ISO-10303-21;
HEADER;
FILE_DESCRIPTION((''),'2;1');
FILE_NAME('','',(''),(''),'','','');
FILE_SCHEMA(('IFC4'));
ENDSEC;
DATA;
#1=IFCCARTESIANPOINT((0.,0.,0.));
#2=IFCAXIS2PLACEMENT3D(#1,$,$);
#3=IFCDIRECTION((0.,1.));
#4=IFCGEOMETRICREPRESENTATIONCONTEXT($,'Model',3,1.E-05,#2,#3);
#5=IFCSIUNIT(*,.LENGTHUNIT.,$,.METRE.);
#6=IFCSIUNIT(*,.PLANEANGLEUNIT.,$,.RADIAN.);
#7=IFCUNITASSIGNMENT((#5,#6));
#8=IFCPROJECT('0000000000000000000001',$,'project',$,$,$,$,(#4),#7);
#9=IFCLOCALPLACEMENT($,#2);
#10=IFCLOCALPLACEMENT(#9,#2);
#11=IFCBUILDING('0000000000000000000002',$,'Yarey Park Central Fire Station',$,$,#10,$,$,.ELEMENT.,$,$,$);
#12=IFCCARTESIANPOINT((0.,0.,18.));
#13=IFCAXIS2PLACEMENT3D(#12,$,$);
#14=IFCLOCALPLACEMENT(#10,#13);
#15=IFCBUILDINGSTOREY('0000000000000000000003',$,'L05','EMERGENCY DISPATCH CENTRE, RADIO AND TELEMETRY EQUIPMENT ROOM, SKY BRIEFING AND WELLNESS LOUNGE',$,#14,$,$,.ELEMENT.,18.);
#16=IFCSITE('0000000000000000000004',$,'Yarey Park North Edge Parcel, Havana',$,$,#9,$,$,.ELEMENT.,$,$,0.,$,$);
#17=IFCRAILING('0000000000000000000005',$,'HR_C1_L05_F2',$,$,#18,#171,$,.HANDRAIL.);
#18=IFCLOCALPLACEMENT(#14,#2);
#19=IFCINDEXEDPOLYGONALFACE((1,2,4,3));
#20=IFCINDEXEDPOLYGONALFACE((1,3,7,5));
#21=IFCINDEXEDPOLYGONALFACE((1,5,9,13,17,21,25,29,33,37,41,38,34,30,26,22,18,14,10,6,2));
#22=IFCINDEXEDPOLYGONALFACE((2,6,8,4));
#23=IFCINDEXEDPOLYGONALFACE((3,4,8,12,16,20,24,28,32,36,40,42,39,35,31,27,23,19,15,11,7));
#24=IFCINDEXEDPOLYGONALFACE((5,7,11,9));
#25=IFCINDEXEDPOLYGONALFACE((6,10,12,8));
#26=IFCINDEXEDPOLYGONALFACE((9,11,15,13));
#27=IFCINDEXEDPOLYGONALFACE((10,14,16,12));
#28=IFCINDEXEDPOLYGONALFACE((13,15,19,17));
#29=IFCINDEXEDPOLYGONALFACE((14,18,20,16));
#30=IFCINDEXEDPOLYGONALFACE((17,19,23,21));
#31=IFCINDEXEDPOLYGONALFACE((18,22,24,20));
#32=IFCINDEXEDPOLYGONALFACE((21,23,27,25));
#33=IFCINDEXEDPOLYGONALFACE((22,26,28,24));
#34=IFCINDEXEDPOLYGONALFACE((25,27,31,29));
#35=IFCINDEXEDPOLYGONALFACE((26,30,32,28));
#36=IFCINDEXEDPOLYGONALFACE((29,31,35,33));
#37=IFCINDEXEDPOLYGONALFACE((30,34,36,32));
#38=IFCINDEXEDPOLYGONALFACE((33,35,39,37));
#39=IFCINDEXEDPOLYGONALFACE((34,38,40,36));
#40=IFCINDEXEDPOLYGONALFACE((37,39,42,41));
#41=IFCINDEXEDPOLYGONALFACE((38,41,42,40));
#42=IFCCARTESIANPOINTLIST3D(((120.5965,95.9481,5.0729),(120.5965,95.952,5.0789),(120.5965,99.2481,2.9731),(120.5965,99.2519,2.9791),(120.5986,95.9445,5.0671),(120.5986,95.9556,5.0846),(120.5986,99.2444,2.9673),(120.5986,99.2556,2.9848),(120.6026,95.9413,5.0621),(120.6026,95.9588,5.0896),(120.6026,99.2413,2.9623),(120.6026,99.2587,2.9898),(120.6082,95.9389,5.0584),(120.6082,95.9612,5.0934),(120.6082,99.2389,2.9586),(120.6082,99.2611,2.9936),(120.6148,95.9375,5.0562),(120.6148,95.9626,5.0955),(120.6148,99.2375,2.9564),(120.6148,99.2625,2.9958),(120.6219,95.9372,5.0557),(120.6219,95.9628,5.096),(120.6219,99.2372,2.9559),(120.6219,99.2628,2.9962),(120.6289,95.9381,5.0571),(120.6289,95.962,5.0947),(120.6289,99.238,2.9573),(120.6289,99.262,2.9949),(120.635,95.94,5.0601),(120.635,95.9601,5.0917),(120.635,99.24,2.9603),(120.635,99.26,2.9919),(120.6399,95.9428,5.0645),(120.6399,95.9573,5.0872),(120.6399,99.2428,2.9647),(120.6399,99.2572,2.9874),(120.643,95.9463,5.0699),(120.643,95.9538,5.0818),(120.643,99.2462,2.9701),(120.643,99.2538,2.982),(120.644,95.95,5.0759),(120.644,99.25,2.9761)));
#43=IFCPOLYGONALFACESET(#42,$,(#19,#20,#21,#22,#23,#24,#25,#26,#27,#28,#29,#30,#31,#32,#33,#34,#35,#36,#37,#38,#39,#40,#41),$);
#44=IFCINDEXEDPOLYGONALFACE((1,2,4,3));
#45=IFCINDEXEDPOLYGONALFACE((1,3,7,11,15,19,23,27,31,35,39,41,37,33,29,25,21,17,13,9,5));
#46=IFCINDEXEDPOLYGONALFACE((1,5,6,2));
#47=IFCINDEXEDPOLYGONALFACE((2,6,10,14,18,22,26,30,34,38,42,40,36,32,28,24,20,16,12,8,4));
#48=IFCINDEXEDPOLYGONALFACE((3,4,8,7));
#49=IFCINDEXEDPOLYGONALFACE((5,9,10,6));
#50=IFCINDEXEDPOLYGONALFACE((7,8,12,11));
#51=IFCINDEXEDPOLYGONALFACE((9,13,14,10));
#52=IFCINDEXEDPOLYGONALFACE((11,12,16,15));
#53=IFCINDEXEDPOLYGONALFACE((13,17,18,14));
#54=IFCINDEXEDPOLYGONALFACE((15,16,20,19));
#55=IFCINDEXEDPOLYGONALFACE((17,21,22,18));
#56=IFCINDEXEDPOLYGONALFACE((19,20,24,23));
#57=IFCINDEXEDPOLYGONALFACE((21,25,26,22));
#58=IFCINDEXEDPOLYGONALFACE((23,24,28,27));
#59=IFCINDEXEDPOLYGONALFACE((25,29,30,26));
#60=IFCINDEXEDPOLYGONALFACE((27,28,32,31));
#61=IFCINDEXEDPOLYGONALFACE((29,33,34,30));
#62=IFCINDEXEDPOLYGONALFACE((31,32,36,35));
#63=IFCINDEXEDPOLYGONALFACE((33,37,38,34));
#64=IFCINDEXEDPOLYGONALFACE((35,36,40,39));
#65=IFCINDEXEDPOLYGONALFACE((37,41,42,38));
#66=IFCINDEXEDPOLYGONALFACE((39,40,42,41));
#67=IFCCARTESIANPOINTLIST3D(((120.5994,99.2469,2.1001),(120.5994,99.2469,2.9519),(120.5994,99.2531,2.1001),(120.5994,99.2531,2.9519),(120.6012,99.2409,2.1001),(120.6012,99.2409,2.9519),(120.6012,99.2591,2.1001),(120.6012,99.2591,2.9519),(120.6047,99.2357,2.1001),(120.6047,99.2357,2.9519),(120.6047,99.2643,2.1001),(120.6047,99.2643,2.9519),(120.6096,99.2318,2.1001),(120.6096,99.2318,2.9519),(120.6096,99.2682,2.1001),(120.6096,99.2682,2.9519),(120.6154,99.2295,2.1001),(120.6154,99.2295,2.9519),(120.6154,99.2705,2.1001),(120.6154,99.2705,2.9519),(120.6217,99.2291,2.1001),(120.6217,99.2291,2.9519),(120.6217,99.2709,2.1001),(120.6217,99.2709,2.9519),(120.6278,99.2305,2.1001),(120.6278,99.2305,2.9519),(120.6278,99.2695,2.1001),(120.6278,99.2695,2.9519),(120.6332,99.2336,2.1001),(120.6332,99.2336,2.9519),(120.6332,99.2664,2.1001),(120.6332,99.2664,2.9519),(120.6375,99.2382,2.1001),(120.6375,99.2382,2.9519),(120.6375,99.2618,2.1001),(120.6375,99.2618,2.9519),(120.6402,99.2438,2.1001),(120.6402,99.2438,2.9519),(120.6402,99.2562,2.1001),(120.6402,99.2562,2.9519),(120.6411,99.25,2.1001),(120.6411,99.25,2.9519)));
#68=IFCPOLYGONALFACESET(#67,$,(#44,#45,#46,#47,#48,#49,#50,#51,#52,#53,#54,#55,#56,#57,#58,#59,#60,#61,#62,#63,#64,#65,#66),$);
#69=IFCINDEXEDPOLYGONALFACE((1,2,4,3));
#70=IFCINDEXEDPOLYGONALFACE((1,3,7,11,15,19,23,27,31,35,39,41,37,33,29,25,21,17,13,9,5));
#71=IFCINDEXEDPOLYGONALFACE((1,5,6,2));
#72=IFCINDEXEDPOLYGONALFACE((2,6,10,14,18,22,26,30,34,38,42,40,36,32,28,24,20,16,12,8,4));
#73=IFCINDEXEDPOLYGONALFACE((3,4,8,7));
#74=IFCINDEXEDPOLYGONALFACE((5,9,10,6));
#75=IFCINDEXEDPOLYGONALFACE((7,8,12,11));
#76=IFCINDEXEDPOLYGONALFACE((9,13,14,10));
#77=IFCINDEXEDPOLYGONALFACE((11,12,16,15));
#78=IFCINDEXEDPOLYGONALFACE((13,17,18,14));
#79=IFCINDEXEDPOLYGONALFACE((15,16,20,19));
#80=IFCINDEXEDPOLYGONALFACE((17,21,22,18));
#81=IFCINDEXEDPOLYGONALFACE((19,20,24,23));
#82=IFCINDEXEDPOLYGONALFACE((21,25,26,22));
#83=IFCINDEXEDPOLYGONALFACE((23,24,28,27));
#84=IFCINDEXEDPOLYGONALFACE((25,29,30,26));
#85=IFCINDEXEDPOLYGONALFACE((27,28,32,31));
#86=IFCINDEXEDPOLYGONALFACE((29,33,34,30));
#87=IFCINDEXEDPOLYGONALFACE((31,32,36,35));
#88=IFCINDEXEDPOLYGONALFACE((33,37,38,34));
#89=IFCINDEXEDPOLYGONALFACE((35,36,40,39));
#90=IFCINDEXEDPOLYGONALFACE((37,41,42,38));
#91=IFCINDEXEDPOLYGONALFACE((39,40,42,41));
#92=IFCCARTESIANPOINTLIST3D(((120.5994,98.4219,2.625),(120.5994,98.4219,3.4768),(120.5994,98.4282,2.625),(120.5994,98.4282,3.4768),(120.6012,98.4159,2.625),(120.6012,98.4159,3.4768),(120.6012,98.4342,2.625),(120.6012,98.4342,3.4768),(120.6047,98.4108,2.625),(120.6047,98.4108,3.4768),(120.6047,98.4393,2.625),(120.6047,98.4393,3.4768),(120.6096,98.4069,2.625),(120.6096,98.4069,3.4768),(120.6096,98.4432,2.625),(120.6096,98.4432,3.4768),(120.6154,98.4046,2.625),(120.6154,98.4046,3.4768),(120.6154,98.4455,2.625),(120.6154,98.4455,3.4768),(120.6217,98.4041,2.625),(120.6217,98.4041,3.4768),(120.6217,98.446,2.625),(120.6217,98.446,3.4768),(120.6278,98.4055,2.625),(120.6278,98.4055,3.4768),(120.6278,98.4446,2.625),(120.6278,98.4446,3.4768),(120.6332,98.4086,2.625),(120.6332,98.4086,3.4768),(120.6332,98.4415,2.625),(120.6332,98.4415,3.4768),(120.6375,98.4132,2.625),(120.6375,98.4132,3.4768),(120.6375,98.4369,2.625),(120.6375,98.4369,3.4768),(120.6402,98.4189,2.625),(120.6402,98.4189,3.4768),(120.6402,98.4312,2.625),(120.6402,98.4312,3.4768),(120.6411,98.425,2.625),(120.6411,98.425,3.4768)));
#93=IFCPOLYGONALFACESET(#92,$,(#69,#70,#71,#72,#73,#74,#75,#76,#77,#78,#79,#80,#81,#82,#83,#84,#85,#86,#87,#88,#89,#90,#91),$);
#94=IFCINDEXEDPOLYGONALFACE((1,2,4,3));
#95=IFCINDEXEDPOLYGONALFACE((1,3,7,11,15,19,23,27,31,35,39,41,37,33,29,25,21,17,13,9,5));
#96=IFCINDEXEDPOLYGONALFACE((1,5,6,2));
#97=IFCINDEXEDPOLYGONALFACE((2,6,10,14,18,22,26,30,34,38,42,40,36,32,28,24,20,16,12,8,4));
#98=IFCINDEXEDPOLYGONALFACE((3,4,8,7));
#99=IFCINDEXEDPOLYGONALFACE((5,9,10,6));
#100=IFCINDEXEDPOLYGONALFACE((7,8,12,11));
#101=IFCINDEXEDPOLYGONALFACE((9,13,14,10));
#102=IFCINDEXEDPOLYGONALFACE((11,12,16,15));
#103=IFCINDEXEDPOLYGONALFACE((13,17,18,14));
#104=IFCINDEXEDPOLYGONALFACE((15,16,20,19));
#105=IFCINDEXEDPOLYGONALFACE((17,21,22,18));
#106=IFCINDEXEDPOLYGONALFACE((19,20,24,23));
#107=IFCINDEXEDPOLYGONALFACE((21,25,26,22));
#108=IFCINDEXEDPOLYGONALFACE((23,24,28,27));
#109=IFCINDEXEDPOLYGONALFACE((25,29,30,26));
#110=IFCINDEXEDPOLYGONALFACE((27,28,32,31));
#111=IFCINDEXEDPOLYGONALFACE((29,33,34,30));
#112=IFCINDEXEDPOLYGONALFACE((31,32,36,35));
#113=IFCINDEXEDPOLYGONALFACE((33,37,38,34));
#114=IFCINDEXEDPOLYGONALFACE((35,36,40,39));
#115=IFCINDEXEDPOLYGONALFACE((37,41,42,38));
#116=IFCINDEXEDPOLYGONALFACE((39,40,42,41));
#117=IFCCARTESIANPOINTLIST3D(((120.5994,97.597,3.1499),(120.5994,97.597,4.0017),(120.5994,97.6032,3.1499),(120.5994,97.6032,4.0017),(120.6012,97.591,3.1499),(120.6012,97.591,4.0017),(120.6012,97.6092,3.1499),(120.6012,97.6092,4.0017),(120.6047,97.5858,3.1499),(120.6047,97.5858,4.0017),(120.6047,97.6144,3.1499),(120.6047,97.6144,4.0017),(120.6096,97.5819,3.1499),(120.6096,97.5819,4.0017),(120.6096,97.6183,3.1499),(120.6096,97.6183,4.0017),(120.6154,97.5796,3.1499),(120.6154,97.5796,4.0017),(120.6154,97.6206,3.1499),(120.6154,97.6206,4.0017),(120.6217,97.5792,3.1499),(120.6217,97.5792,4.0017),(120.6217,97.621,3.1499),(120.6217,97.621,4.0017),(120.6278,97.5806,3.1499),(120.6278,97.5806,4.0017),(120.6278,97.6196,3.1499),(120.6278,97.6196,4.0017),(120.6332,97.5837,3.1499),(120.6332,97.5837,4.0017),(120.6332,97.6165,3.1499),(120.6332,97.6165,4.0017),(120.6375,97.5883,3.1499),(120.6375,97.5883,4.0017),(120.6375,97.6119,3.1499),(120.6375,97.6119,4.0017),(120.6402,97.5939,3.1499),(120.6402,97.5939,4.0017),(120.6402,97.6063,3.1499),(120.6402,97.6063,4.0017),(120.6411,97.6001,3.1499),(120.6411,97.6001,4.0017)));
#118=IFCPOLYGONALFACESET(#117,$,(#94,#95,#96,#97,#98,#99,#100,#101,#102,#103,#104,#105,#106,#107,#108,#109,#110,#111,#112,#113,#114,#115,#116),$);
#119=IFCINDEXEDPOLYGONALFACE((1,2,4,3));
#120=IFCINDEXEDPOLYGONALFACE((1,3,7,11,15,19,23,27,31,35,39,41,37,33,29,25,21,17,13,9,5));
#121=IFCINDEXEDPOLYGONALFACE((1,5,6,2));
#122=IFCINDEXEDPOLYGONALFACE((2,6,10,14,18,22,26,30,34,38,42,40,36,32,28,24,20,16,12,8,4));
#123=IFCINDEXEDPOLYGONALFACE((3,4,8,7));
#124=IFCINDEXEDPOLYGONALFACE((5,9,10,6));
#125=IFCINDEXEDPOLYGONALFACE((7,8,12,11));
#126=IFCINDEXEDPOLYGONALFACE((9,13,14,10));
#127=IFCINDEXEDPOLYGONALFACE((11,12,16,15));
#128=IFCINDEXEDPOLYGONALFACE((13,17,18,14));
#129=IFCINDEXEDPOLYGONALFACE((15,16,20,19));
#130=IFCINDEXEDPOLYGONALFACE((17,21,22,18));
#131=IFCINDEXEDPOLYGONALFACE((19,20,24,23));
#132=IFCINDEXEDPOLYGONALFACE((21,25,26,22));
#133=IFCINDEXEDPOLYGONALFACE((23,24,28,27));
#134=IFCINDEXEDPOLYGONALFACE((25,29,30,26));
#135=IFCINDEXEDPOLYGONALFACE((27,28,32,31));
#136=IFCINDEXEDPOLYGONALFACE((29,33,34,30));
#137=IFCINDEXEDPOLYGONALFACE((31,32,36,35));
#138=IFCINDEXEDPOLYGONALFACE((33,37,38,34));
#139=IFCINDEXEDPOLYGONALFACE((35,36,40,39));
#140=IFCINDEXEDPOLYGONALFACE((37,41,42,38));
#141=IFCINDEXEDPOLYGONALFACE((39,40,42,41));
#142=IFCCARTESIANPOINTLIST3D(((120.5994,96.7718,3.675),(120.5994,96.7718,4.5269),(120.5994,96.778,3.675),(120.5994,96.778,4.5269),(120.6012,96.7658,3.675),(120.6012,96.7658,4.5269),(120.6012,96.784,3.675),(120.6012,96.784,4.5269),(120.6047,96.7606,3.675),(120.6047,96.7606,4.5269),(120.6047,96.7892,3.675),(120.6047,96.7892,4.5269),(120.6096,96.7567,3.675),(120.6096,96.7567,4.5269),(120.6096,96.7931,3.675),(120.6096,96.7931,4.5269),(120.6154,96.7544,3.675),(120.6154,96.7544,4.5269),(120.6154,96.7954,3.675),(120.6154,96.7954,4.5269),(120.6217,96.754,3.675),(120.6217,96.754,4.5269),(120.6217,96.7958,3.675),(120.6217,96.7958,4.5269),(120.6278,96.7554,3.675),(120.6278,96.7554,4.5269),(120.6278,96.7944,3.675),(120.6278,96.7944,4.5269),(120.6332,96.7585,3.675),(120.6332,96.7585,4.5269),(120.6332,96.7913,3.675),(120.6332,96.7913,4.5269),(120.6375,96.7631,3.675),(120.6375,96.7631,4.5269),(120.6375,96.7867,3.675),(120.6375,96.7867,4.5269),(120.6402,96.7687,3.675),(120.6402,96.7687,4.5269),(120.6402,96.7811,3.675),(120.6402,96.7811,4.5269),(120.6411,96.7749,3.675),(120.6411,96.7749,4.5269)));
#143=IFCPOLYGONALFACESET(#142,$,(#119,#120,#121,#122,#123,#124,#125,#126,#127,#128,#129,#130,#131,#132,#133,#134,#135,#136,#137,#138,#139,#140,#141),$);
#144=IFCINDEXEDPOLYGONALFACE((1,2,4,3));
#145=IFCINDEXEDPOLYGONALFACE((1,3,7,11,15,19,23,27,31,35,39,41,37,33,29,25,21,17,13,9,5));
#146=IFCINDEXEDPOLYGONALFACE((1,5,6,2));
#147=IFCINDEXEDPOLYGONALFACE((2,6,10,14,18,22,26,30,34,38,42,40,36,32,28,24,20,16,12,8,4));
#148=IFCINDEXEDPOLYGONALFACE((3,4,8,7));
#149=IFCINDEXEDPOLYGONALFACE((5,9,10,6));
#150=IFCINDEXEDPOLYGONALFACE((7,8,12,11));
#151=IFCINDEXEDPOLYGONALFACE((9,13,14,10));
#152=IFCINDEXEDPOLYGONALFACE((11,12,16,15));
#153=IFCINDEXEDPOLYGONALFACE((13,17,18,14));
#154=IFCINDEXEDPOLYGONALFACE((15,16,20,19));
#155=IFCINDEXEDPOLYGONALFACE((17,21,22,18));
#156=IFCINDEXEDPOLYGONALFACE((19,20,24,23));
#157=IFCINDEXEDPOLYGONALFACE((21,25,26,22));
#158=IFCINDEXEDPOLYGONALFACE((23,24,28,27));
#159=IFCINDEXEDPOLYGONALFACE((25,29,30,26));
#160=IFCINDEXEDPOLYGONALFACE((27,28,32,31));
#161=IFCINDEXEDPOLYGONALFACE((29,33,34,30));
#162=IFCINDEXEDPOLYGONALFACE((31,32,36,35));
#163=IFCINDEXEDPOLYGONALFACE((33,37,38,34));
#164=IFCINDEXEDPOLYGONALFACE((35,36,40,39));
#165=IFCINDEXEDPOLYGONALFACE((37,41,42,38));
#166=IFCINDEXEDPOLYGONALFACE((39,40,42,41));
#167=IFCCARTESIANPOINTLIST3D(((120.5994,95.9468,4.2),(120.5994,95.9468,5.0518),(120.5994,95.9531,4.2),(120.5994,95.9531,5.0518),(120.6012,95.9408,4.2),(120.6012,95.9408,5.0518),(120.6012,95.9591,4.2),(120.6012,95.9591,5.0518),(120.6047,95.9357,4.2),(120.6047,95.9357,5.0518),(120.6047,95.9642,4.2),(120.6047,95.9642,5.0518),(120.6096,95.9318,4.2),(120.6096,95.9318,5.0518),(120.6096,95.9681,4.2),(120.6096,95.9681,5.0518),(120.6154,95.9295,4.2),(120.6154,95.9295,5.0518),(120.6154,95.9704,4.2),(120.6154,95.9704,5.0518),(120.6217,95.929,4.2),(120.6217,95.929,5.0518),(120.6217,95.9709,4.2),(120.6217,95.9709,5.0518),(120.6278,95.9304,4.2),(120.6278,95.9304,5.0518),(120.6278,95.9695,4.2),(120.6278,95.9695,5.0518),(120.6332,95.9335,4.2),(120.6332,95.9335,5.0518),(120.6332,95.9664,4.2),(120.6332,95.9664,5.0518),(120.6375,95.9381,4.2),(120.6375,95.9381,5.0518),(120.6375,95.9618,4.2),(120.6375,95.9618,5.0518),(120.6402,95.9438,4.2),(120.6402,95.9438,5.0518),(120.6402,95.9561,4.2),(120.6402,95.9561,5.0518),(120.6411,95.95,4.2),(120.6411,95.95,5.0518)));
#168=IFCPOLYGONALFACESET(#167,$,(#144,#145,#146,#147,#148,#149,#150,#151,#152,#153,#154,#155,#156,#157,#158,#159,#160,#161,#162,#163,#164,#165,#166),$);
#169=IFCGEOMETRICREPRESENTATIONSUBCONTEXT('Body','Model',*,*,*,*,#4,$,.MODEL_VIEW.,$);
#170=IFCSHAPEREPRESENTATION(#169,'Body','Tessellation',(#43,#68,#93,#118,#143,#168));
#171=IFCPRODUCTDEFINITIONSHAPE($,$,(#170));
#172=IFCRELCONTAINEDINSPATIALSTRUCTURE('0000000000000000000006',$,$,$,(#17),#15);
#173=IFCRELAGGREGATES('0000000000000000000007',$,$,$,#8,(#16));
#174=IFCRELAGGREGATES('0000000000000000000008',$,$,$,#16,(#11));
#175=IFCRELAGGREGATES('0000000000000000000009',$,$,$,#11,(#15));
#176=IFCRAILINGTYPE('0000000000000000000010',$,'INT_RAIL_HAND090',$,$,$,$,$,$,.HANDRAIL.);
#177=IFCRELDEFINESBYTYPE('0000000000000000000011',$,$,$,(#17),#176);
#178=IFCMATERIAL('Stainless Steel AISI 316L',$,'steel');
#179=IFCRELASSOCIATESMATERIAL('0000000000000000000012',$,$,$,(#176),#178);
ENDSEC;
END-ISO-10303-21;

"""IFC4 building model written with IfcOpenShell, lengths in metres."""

from ifc_helpers import new_model, si_unit, direction, frame, origin, origin_2d, place, context, subcontext, project, spatial, circle, extrude, material, type_object, element, save


model = new_model("IFC4")

# Units and contexts
model_context = context("Model", 3, precision=1e-05, world=origin(), true_north=direction((0.0, 1.0)))
body_context = subcontext(model_context, "Body", "Model", "MODEL_VIEW")
ifc_project = project(units=[si_unit("LENGTHUNIT", "METRE"), si_unit("PLANEANGLEUNIT", "RADIAN")], contexts=[model_context])

# Site, building, storey
site_placement = place(None, origin())
site = spatial("IfcSite", under=ifc_project, at=site_placement, Name="Yarey Park North Edge Parcel, Havana", CompositionType="ELEMENT", RefElevation=0.0)
building_placement = place(site_placement, origin())
building = spatial("IfcBuilding", under=site, at=building_placement, Name="Yarey Park Central Fire Station", CompositionType="ELEMENT")
storey_placement = place(building_placement, frame((0.0, 0.0, 18.0)))
storey = spatial("IfcBuildingStorey", under=building, at=storey_placement, Name="L05", Description="EMERGENCY DISPATCH CENTRE, RADIO AND TELEMETRY EQUIPMENT ROOM, SKY BRIEFING AND WELLNESS LOUNGE", CompositionType="ELEMENT", Elevation=18.0)

# Railing
ifc_material_1 = material(Name="Stainless Steel AISI 316L", Category="steel")
railing_type_1 = type_object("IfcRailingType", Name="INT_RAIL_HAND090", PredefinedType="HANDRAIL", material=ifc_material_1)
railing_1_placement = place(storey_placement, frame((120.6201, 99.25, 2.1001)))
element("IfcRailing", 1, at=railing_1_placement, inside=storey, type_object=railing_type_1, Name="HR_C1_L05_F2", PredefinedType="HANDRAIL", context=body_context, shape_type="SweptSolid", body=[
    extrude(circle(Radius=0.0239, at=origin_2d()), frame((0.0, 0.0, 0.876), z_axis=(0.0, -0.843682, 0.536843), x_axis=(1.0, 0.0, 0.0)), (0.0, 0.0, 1.0), 3.9114),
    extrude(circle(Radius=0.021, at=origin_2d()), origin(), (0.0, 0.0, 1.0), 0.8518),
    extrude(circle(Radius=0.021, at=origin_2d()), frame((0.0, -0.825, 0.5249)), (0.0, 0.0, 1.0), 0.8518),
    extrude(circle(Radius=0.021, at=origin_2d()), frame((0.0, -1.6499, 1.0498)), (0.0, 0.0, 1.0), 0.8518),
    extrude(circle(Radius=0.021, at=origin_2d()), frame((0.0, -2.4751, 1.575)), (0.0, 0.0, 1.0), 0.8518),
    extrude(circle(Radius=0.021, at=origin_2d()), frame((0.0, -3.3, 2.0999)), (0.0, 0.0, 1.0), 0.8518),
])

save(model, "model.ifc")
